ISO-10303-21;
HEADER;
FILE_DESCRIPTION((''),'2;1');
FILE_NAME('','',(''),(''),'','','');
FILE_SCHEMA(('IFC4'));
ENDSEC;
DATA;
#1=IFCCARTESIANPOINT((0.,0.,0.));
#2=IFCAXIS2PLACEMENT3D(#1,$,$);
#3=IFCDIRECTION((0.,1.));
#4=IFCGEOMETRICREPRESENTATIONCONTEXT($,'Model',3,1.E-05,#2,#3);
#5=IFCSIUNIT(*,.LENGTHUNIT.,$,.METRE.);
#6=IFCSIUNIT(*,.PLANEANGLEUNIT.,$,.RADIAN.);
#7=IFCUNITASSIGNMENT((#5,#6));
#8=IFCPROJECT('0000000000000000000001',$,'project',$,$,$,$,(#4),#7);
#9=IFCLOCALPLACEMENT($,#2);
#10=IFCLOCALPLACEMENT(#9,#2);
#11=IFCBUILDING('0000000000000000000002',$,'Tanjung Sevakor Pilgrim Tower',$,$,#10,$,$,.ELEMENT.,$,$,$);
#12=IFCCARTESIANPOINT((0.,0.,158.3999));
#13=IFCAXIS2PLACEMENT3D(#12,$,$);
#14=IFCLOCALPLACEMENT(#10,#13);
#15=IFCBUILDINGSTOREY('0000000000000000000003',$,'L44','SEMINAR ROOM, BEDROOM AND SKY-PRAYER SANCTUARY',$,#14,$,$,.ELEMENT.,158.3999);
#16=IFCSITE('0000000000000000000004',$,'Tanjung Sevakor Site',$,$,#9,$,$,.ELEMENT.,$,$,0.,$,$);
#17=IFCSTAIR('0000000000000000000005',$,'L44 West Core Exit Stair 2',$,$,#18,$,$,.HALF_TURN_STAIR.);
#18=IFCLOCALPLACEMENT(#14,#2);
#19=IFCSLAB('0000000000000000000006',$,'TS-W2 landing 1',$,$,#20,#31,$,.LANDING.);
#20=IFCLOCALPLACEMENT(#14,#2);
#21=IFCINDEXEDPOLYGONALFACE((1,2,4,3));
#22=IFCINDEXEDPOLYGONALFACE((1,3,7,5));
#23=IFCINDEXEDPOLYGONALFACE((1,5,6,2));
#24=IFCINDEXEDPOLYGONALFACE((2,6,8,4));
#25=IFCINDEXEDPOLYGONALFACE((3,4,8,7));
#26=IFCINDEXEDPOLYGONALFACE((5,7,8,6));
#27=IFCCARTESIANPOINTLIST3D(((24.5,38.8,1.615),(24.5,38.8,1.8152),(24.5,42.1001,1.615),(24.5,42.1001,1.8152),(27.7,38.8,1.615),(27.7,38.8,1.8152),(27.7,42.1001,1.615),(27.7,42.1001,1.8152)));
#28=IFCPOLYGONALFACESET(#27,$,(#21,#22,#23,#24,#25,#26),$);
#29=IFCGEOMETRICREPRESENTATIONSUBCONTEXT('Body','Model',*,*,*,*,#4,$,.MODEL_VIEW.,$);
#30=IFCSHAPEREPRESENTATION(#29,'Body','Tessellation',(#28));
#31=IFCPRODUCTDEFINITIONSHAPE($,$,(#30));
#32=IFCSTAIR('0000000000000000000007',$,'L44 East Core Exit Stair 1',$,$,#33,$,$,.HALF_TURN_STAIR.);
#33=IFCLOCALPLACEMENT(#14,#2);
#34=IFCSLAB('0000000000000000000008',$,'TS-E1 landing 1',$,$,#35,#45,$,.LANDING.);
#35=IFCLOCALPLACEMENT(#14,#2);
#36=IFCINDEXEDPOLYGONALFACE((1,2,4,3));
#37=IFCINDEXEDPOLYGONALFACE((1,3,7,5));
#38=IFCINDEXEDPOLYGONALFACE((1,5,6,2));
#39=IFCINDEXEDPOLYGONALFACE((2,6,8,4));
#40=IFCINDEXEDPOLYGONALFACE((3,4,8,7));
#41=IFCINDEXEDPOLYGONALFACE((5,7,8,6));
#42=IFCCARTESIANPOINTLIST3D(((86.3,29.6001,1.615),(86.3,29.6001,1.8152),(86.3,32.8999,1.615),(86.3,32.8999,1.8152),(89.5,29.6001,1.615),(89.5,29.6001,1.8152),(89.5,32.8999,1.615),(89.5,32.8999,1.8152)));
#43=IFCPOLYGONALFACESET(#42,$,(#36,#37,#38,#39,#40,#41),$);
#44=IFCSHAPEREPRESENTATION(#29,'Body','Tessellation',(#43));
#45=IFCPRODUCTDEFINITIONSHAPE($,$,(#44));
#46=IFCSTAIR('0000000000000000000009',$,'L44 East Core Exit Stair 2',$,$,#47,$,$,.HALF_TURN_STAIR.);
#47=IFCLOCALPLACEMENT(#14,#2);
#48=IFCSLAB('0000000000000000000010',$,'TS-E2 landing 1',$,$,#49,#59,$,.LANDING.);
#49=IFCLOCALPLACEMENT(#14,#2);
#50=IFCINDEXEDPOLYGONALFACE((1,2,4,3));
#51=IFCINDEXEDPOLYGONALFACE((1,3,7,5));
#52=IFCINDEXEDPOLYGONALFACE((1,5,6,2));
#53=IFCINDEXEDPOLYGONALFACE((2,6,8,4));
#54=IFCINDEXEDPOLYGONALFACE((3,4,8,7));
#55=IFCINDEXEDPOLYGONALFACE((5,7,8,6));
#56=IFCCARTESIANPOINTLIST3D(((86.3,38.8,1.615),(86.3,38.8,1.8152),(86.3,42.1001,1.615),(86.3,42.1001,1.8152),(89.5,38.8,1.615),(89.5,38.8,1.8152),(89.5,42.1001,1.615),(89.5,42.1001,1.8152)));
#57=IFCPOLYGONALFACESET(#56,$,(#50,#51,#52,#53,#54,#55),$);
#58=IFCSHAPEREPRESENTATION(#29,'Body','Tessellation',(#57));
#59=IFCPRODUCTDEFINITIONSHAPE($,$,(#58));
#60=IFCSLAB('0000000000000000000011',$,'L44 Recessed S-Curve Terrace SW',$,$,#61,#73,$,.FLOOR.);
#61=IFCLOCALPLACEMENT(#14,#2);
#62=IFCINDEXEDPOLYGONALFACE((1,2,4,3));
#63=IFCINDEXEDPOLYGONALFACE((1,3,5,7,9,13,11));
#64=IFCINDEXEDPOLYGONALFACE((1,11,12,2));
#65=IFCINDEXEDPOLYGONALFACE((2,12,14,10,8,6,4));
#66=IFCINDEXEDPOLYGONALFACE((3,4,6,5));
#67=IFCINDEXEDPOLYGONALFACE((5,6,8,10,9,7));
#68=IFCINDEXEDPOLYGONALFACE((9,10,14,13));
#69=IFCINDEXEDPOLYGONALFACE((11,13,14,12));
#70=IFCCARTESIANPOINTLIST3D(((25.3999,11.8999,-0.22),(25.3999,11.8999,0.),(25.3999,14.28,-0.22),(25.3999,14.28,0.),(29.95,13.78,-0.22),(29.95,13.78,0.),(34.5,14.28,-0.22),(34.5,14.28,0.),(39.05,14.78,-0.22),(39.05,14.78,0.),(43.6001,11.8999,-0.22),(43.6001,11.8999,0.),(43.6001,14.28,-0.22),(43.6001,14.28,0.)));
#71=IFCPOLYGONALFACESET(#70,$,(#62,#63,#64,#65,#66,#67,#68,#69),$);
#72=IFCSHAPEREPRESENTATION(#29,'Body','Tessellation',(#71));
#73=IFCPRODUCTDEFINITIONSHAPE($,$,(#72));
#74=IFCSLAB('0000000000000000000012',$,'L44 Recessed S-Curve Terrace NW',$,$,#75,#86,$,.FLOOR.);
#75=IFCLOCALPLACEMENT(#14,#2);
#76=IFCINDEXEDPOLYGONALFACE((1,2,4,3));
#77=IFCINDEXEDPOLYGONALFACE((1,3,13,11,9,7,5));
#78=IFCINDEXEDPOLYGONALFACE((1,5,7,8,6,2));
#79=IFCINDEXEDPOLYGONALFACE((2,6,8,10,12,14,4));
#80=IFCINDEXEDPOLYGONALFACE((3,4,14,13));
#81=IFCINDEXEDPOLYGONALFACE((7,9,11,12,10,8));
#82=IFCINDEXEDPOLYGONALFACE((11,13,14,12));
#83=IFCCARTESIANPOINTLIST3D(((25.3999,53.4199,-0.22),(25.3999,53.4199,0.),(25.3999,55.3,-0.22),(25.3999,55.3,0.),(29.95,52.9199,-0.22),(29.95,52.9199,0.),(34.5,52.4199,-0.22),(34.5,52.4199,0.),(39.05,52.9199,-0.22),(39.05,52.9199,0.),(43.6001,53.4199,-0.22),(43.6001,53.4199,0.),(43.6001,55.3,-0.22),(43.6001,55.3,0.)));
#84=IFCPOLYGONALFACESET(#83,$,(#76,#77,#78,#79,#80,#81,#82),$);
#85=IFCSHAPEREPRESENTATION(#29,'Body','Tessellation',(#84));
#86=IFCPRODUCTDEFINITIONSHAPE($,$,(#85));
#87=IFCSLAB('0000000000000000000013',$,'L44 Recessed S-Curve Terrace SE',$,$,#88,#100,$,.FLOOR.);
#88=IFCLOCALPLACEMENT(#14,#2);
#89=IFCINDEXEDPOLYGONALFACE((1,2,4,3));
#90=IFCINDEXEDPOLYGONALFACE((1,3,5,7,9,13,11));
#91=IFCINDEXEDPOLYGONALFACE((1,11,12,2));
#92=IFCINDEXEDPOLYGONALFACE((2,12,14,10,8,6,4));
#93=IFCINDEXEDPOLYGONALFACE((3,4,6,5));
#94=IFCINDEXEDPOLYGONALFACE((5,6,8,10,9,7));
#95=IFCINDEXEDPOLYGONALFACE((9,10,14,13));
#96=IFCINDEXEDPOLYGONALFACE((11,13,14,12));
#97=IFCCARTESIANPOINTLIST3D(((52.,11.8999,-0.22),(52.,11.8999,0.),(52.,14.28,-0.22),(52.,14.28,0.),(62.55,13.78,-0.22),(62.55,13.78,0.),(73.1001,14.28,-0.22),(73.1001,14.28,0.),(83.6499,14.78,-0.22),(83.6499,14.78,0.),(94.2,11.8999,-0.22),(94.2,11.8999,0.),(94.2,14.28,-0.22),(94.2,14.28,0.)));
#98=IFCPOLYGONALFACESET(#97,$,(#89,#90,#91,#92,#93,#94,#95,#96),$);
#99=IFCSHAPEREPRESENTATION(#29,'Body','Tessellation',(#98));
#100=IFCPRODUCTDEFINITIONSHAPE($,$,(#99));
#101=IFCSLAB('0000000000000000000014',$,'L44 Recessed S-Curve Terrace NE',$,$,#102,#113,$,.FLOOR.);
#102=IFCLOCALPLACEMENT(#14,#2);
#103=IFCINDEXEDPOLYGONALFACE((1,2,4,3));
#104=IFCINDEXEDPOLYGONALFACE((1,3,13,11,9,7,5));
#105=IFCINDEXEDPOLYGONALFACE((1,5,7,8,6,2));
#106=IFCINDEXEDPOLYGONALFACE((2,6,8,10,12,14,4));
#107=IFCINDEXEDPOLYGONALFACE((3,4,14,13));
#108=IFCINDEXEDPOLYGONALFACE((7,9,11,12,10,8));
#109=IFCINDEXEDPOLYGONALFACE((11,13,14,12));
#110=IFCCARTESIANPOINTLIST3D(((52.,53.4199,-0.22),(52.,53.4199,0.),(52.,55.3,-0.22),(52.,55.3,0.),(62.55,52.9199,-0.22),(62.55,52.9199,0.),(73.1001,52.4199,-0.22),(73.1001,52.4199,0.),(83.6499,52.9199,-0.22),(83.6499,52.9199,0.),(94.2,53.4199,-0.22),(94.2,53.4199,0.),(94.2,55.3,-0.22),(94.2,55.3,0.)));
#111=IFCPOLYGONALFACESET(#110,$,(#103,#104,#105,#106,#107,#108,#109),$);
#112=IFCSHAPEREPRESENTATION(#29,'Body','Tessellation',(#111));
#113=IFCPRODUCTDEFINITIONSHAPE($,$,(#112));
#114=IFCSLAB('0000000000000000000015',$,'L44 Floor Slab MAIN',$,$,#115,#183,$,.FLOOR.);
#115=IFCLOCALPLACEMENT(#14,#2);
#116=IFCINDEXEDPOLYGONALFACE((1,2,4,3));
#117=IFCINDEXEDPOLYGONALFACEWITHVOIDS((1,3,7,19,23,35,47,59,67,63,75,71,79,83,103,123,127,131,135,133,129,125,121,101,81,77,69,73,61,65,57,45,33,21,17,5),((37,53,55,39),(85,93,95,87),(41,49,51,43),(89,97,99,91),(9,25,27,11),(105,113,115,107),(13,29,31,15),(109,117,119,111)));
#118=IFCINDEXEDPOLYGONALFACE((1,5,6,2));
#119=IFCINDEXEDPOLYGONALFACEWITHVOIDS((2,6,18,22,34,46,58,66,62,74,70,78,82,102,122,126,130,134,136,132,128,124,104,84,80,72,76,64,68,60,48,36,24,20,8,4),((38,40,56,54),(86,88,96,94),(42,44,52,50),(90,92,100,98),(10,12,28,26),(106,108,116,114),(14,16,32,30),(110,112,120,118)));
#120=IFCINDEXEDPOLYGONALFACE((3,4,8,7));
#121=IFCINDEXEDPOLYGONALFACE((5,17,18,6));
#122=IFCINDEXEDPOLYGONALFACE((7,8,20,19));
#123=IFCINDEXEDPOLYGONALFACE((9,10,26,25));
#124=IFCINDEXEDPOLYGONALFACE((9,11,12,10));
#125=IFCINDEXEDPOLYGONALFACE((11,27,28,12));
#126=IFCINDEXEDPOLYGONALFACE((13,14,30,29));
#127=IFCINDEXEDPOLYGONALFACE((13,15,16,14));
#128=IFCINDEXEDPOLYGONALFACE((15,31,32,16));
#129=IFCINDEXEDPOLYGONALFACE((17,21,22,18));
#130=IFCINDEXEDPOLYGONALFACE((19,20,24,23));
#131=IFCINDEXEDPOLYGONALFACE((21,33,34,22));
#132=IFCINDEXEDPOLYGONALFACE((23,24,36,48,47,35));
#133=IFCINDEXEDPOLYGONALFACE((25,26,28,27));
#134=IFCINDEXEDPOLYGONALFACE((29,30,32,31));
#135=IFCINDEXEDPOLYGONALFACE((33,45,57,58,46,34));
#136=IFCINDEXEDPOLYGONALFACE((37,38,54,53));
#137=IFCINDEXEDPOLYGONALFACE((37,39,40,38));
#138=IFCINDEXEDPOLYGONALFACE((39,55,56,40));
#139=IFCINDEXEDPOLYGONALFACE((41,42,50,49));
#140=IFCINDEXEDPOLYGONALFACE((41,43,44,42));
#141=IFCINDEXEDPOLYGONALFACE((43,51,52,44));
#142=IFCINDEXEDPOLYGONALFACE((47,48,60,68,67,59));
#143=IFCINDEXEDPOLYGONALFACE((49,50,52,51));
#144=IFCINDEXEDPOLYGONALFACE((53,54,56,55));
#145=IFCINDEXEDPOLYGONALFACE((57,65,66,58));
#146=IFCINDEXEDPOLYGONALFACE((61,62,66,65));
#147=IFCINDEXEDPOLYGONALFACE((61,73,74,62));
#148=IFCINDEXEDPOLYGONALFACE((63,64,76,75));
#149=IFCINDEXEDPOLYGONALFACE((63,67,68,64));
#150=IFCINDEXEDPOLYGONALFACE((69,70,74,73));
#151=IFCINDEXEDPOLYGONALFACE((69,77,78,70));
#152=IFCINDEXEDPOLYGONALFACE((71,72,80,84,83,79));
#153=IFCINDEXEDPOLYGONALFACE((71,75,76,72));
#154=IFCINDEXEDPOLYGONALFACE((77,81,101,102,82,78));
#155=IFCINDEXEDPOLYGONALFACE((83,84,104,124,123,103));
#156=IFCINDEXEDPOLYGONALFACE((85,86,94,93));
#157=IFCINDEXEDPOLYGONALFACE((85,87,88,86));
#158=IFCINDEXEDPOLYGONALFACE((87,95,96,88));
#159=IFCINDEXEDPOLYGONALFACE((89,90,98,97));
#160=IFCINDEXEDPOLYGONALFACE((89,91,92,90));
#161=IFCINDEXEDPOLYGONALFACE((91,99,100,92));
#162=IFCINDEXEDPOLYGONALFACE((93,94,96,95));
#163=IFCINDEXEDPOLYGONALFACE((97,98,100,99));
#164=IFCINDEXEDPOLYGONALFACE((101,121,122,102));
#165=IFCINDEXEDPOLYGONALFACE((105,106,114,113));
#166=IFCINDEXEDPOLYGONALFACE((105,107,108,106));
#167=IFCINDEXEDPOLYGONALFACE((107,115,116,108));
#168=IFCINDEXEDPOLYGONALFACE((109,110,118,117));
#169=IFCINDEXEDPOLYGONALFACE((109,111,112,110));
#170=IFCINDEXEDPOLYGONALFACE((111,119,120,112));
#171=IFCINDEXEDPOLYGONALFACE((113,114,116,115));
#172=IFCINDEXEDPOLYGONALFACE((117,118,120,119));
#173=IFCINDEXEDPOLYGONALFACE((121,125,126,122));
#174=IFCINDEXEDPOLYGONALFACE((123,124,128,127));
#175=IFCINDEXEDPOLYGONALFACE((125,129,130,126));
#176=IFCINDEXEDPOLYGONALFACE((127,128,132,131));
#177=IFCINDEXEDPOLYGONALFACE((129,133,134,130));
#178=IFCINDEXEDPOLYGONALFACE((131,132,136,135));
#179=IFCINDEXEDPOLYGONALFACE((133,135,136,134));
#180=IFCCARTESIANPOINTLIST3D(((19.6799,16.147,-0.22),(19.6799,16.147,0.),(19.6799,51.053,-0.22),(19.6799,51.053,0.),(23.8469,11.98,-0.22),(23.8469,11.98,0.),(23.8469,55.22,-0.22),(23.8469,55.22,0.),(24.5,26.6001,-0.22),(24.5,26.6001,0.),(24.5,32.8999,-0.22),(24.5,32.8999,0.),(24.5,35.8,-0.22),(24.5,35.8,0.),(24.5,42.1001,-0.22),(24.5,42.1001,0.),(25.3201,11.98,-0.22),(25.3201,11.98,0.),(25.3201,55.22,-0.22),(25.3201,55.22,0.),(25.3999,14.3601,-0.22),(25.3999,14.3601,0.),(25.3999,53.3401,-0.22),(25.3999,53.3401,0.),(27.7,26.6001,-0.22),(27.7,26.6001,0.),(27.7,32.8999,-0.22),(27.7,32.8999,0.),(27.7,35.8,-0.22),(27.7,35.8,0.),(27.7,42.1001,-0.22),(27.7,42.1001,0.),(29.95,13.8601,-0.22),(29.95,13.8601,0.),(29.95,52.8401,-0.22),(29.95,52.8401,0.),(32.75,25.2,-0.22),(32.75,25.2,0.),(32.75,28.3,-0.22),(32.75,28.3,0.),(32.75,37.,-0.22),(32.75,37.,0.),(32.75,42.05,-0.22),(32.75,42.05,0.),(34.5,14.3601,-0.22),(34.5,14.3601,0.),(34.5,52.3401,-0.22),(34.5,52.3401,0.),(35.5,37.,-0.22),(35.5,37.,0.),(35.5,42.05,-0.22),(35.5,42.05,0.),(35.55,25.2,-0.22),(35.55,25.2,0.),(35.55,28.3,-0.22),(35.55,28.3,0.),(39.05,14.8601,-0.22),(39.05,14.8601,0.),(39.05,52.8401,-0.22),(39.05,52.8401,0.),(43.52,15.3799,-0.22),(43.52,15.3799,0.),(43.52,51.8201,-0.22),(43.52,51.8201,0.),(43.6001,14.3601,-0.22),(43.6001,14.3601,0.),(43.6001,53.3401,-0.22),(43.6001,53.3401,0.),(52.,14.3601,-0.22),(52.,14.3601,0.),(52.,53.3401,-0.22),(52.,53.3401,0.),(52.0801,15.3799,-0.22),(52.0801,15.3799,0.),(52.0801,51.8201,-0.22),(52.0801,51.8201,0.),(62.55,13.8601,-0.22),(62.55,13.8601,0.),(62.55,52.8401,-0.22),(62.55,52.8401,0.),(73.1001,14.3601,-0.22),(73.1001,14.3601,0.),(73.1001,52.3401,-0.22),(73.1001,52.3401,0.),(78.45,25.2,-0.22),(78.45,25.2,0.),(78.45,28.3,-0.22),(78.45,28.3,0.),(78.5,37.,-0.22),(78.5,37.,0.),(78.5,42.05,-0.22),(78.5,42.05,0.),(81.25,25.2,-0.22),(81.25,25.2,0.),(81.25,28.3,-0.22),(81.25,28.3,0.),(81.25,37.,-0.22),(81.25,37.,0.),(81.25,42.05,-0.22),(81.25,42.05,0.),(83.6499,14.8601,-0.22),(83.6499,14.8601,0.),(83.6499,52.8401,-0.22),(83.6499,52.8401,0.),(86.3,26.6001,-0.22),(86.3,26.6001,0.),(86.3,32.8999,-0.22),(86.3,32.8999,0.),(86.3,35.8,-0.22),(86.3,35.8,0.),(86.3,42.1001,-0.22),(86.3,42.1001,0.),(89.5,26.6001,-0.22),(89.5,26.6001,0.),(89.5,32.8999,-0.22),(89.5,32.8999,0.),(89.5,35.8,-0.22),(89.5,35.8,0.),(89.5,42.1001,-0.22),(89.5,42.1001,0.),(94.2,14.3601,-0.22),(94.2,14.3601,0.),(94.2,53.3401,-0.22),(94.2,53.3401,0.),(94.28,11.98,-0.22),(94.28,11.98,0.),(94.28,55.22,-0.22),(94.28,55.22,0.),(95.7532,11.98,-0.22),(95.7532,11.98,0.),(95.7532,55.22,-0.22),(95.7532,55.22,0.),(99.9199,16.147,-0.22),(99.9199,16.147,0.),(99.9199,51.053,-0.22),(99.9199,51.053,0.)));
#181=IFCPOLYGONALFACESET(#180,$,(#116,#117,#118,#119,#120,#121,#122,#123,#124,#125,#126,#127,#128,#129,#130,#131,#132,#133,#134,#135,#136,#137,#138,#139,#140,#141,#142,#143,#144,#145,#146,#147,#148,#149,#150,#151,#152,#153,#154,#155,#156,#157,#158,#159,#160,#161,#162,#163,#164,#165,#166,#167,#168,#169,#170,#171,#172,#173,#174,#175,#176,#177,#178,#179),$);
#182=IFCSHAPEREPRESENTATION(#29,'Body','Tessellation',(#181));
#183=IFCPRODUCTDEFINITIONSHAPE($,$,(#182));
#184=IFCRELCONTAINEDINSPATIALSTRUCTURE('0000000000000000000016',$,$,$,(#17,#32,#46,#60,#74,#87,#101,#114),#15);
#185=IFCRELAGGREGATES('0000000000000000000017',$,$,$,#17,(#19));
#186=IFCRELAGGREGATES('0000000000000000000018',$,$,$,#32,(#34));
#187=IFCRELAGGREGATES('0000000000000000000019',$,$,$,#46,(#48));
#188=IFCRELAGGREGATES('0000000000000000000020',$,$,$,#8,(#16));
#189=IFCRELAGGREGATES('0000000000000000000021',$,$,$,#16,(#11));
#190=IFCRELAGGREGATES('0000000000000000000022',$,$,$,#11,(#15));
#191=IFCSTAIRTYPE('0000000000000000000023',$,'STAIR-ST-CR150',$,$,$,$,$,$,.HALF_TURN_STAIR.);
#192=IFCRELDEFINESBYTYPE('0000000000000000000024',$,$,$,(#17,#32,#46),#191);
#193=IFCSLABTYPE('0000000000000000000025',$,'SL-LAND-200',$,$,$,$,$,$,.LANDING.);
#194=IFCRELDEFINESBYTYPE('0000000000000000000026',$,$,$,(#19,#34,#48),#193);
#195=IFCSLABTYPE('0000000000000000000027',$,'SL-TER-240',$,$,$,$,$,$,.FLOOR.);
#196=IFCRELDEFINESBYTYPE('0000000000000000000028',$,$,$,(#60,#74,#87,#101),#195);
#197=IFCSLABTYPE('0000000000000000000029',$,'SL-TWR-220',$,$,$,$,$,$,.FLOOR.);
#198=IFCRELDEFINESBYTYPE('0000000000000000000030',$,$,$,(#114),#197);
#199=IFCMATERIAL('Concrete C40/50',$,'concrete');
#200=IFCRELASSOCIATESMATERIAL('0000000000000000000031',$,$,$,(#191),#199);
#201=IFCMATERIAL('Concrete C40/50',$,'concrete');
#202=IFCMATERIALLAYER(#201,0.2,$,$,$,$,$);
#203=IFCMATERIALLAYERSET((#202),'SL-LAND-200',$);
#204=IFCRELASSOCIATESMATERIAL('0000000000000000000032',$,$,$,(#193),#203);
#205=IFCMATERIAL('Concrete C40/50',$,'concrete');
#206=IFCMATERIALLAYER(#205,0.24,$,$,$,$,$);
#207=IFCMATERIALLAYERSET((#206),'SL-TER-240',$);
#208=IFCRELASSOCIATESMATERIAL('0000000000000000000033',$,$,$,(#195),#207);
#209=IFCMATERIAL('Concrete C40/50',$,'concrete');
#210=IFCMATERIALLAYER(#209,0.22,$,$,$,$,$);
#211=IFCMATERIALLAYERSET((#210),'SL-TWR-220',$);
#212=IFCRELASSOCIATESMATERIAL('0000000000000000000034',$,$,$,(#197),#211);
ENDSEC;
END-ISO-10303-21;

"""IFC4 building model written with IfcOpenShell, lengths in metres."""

from ifc_helpers import new_model, si_unit, direction, frame, origin, place, context, subcontext, project, spatial, polyline, outline, extrude, material, layer, layer_set, type_object, element, aggregate, save


model = new_model("IFC4")

# Units and contexts
model_context = context("Model", 3, precision=1e-05, world=origin(), true_north=direction((0.0, 1.0)))
body_context = subcontext(model_context, "Body", "Model", "MODEL_VIEW")
ifc_project = project(units=[si_unit("LENGTHUNIT", "METRE"), si_unit("PLANEANGLEUNIT", "RADIAN")], contexts=[model_context])

# Site, building, storey
site_placement = place(None, origin())
site = spatial("IfcSite", under=ifc_project, at=site_placement, Name="Tanjung Sevakor Site", CompositionType="ELEMENT", RefElevation=0.0)
building_placement = place(site_placement, origin())
building = spatial("IfcBuilding", under=site, at=building_placement, Name="Tanjung Sevakor Pilgrim Tower", CompositionType="ELEMENT")
storey_placement = place(building_placement, frame((0.0, 0.0, 158.3999)))
storey = spatial("IfcBuildingStorey", under=building, at=storey_placement, Name="L44", Description="SEMINAR ROOM, BEDROOM AND SKY-PRAYER SANCTUARY", CompositionType="ELEMENT", Elevation=158.3999)

# Stairs, slabs
ifc_material_1 = material(Name="Concrete C40/50", Category="concrete")
stair_type = type_object("IfcStairType", Name="STAIR-ST-CR150", PredefinedType="HALF_TURN_STAIR", material=ifc_material_1)
ifc_material_2 = material(Name="Concrete C40/50", Category="concrete")
ifc_layer_1 = layer(ifc_material_2, 0.2)
ifc_layer_set_1 = layer_set([ifc_layer_1], Name="SL-LAND-200")
slab_type_1 = type_object("IfcSlabType", Name="SL-LAND-200", PredefinedType="LANDING", material=ifc_layer_set_1)
stair_1_placement = place(storey_placement, origin())
stair_1 = element("IfcStair", 1, at=stair_1_placement, inside=storey, type_object=stair_type, Name="L44 West Core Exit Stair 2", PredefinedType="HALF_TURN_STAIR")
slab_1_placement = place(storey_placement, frame((0.0, 0.0, 1.615)))
slab_1 = element("IfcSlab", 2, at=slab_1_placement, type_object=slab_type_1, Name="TS-W2 landing 1", PredefinedType="LANDING", context=body_context, shape_type="SweptSolid", body=[
    extrude(outline(polyline([(27.7, 38.8), (27.7, 42.1001), (24.5, 42.1001), (24.5, 38.8), (27.7, 38.8)])), origin(), (0.0, 0.0, 1.0), 0.2002),
])
aggregate(stair_1, [slab_1])
stair_2_placement = place(storey_placement, origin())
stair_2 = element("IfcStair", 3, at=stair_2_placement, inside=storey, type_object=stair_type, Name="L44 East Core Exit Stair 1", PredefinedType="HALF_TURN_STAIR")
slab_2_placement = place(storey_placement, frame((0.0, 0.0, 1.615)))
slab_2 = element("IfcSlab", 4, at=slab_2_placement, type_object=slab_type_1, Name="TS-E1 landing 1", PredefinedType="LANDING", context=body_context, shape_type="SweptSolid", body=[
    extrude(outline(polyline([(89.5, 29.6001), (89.5, 32.8999), (86.3, 32.8999), (86.3, 29.6001), (89.5, 29.6001)])), origin(), (0.0, 0.0, 1.0), 0.2002),
])
aggregate(stair_2, [slab_2])
stair_3_placement = place(storey_placement, origin())
stair_3 = element("IfcStair", 5, at=stair_3_placement, inside=storey, type_object=stair_type, Name="L44 East Core Exit Stair 2", PredefinedType="HALF_TURN_STAIR")
slab_3_placement = place(storey_placement, frame((0.0, 0.0, 1.615)))
slab_3 = element("IfcSlab", 6, at=slab_3_placement, type_object=slab_type_1, Name="TS-E2 landing 1", PredefinedType="LANDING", context=body_context, shape_type="SweptSolid", body=[
    extrude(outline(polyline([(89.5, 38.8), (89.5, 42.1001), (86.3, 42.1001), (86.3, 38.8), (89.5, 38.8)])), origin(), (0.0, 0.0, 1.0), 0.2002),
])
aggregate(stair_3, [slab_3])

# Slabs
ifc_material_3 = material(Name="Concrete C40/50", Category="concrete")
ifc_layer_2 = layer(ifc_material_3, 0.24)
ifc_layer_set_2 = layer_set([ifc_layer_2], Name="SL-TER-240")
slab_type_2 = type_object("IfcSlabType", Name="SL-TER-240", PredefinedType="FLOOR", material=ifc_layer_set_2)
slab_4_placement = place(storey_placement, frame((0.0, 0.0, -0.22)))
element("IfcSlab", 7, at=slab_4_placement, inside=storey, type_object=slab_type_2, Name="L44 Recessed S-Curve Terrace SW", PredefinedType="FLOOR", context=body_context, shape_type="SweptSolid", body=[
    extrude(outline(polyline([(25.3999, 11.8999), (43.6001, 11.8999), (43.6001, 14.28), (39.05, 14.78), (34.5, 14.28), (29.95, 13.78), (25.3999, 14.28), (25.3999, 11.8999)])), origin(), (0.0, 0.0, 1.0), 0.22),
])
slab_5_placement = place(storey_placement, frame((0.0, 0.0, -0.22)))
element("IfcSlab", 8, at=slab_5_placement, inside=storey, type_object=slab_type_2, Name="L44 Recessed S-Curve Terrace NW", PredefinedType="FLOOR", context=body_context, shape_type="SweptSolid", body=[
    extrude(outline(polyline([(25.3999, 53.4199), (29.95, 52.9199), (34.5, 52.4199), (39.05, 52.9199), (43.6001, 53.4199), (43.6001, 55.3), (25.3999, 55.3), (25.3999, 53.4199)])), origin(), (0.0, 0.0, 1.0), 0.22),
])
slab_6_placement = place(storey_placement, frame((0.0, 0.0, -0.22)))
element("IfcSlab", 9, at=slab_6_placement, inside=storey, type_object=slab_type_2, Name="L44 Recessed S-Curve Terrace SE", PredefinedType="FLOOR", context=body_context, shape_type="SweptSolid", body=[
    extrude(outline(polyline([(52.0, 11.8999), (94.2, 11.8999), (94.2, 14.28), (83.6499, 14.78), (73.1001, 14.28), (62.55, 13.78), (52.0, 14.28), (52.0, 11.8999)])), origin(), (0.0, 0.0, 1.0), 0.22),
])
slab_7_placement = place(storey_placement, frame((0.0, 0.0, -0.22)))
element("IfcSlab", 10, at=slab_7_placement, inside=storey, type_object=slab_type_2, Name="L44 Recessed S-Curve Terrace NE", PredefinedType="FLOOR", context=body_context, shape_type="SweptSolid", body=[
    extrude(outline(polyline([(52.0, 53.4199), (62.55, 52.9199), (73.1001, 52.4199), (83.6499, 52.9199), (94.2, 53.4199), (94.2, 55.3), (52.0, 55.3), (52.0, 53.4199)])), origin(), (0.0, 0.0, 1.0), 0.22),
])
ifc_material_4 = material(Name="Concrete C40/50", Category="concrete")
ifc_layer_3 = layer(ifc_material_4, 0.22)
ifc_layer_set_3 = layer_set([ifc_layer_3], Name="SL-TWR-220")
slab_type_3 = type_object("IfcSlabType", Name="SL-TWR-220", PredefinedType="FLOOR", material=ifc_layer_set_3)
slab_8_placement = place(storey_placement, frame((0.0, 0.0, -0.22)))
element("IfcSlab", 11, at=slab_8_placement, inside=storey, type_object=slab_type_3, Name="L44 Floor Slab MAIN", PredefinedType="FLOOR", context=body_context, shape_type="SweptSolid", body=[
    extrude(outline(polyline([(23.8469, 11.98), (25.3201, 11.98), (25.3999, 14.3601), (29.95, 13.8601), (34.5, 14.3601), (39.05, 14.8601), (43.6001, 14.3601), (43.52, 15.3799), (52.0801, 15.3799), (52.0, 14.3601), (62.55, 13.8601), (73.1001, 14.3601), (83.6499, 14.8601), (94.2, 14.3601), (94.28, 11.98), (95.7532, 11.98), (99.9199, 16.147), (99.9199, 51.053), (95.7532, 55.22), (94.28, 55.22), (94.2, 53.3401), (83.6499, 52.8401), (73.1001, 52.3401), (62.55, 52.8401), (52.0, 53.3401), (52.0801, 51.8201), (43.52, 51.8201), (43.6001, 53.3401), (39.05, 52.8401), (34.5, 52.3401), (29.95, 52.8401), (25.3999, 53.3401), (25.3201, 55.22), (23.8469, 55.22), (19.6799, 51.053), (19.6799, 16.147), (23.8469, 11.98)]), holes=[polyline([(27.7, 26.6001), (27.7, 32.8999), (24.5, 32.8999), (24.5, 26.6001), (27.7, 26.6001)]), polyline([(27.7, 35.8), (27.7, 42.1001), (24.5, 42.1001), (24.5, 35.8), (27.7, 35.8)]), polyline([(89.5, 26.6001), (89.5, 32.8999), (86.3, 32.8999), (86.3, 26.6001), (89.5, 26.6001)]), polyline([(89.5, 35.8), (89.5, 42.1001), (86.3, 42.1001), (86.3, 35.8), (89.5, 35.8)]), polyline([(32.75, 25.2), (35.55, 25.2), (35.55, 28.3), (32.75, 28.3), (32.75, 25.2)]), polyline([(32.75, 37.0), (35.5, 37.0), (35.5, 42.05), (32.75, 42.05), (32.75, 37.0)]), polyline([(78.45, 25.2), (81.25, 25.2), (81.25, 28.3), (78.45, 28.3), (78.45, 25.2)]), polyline([(78.5, 37.0), (81.25, 37.0), (81.25, 42.05), (78.5, 42.05), (78.5, 37.0)])]), origin(), (0.0, 0.0, 1.0), 0.22),
])

save(model, "model.ifc")
